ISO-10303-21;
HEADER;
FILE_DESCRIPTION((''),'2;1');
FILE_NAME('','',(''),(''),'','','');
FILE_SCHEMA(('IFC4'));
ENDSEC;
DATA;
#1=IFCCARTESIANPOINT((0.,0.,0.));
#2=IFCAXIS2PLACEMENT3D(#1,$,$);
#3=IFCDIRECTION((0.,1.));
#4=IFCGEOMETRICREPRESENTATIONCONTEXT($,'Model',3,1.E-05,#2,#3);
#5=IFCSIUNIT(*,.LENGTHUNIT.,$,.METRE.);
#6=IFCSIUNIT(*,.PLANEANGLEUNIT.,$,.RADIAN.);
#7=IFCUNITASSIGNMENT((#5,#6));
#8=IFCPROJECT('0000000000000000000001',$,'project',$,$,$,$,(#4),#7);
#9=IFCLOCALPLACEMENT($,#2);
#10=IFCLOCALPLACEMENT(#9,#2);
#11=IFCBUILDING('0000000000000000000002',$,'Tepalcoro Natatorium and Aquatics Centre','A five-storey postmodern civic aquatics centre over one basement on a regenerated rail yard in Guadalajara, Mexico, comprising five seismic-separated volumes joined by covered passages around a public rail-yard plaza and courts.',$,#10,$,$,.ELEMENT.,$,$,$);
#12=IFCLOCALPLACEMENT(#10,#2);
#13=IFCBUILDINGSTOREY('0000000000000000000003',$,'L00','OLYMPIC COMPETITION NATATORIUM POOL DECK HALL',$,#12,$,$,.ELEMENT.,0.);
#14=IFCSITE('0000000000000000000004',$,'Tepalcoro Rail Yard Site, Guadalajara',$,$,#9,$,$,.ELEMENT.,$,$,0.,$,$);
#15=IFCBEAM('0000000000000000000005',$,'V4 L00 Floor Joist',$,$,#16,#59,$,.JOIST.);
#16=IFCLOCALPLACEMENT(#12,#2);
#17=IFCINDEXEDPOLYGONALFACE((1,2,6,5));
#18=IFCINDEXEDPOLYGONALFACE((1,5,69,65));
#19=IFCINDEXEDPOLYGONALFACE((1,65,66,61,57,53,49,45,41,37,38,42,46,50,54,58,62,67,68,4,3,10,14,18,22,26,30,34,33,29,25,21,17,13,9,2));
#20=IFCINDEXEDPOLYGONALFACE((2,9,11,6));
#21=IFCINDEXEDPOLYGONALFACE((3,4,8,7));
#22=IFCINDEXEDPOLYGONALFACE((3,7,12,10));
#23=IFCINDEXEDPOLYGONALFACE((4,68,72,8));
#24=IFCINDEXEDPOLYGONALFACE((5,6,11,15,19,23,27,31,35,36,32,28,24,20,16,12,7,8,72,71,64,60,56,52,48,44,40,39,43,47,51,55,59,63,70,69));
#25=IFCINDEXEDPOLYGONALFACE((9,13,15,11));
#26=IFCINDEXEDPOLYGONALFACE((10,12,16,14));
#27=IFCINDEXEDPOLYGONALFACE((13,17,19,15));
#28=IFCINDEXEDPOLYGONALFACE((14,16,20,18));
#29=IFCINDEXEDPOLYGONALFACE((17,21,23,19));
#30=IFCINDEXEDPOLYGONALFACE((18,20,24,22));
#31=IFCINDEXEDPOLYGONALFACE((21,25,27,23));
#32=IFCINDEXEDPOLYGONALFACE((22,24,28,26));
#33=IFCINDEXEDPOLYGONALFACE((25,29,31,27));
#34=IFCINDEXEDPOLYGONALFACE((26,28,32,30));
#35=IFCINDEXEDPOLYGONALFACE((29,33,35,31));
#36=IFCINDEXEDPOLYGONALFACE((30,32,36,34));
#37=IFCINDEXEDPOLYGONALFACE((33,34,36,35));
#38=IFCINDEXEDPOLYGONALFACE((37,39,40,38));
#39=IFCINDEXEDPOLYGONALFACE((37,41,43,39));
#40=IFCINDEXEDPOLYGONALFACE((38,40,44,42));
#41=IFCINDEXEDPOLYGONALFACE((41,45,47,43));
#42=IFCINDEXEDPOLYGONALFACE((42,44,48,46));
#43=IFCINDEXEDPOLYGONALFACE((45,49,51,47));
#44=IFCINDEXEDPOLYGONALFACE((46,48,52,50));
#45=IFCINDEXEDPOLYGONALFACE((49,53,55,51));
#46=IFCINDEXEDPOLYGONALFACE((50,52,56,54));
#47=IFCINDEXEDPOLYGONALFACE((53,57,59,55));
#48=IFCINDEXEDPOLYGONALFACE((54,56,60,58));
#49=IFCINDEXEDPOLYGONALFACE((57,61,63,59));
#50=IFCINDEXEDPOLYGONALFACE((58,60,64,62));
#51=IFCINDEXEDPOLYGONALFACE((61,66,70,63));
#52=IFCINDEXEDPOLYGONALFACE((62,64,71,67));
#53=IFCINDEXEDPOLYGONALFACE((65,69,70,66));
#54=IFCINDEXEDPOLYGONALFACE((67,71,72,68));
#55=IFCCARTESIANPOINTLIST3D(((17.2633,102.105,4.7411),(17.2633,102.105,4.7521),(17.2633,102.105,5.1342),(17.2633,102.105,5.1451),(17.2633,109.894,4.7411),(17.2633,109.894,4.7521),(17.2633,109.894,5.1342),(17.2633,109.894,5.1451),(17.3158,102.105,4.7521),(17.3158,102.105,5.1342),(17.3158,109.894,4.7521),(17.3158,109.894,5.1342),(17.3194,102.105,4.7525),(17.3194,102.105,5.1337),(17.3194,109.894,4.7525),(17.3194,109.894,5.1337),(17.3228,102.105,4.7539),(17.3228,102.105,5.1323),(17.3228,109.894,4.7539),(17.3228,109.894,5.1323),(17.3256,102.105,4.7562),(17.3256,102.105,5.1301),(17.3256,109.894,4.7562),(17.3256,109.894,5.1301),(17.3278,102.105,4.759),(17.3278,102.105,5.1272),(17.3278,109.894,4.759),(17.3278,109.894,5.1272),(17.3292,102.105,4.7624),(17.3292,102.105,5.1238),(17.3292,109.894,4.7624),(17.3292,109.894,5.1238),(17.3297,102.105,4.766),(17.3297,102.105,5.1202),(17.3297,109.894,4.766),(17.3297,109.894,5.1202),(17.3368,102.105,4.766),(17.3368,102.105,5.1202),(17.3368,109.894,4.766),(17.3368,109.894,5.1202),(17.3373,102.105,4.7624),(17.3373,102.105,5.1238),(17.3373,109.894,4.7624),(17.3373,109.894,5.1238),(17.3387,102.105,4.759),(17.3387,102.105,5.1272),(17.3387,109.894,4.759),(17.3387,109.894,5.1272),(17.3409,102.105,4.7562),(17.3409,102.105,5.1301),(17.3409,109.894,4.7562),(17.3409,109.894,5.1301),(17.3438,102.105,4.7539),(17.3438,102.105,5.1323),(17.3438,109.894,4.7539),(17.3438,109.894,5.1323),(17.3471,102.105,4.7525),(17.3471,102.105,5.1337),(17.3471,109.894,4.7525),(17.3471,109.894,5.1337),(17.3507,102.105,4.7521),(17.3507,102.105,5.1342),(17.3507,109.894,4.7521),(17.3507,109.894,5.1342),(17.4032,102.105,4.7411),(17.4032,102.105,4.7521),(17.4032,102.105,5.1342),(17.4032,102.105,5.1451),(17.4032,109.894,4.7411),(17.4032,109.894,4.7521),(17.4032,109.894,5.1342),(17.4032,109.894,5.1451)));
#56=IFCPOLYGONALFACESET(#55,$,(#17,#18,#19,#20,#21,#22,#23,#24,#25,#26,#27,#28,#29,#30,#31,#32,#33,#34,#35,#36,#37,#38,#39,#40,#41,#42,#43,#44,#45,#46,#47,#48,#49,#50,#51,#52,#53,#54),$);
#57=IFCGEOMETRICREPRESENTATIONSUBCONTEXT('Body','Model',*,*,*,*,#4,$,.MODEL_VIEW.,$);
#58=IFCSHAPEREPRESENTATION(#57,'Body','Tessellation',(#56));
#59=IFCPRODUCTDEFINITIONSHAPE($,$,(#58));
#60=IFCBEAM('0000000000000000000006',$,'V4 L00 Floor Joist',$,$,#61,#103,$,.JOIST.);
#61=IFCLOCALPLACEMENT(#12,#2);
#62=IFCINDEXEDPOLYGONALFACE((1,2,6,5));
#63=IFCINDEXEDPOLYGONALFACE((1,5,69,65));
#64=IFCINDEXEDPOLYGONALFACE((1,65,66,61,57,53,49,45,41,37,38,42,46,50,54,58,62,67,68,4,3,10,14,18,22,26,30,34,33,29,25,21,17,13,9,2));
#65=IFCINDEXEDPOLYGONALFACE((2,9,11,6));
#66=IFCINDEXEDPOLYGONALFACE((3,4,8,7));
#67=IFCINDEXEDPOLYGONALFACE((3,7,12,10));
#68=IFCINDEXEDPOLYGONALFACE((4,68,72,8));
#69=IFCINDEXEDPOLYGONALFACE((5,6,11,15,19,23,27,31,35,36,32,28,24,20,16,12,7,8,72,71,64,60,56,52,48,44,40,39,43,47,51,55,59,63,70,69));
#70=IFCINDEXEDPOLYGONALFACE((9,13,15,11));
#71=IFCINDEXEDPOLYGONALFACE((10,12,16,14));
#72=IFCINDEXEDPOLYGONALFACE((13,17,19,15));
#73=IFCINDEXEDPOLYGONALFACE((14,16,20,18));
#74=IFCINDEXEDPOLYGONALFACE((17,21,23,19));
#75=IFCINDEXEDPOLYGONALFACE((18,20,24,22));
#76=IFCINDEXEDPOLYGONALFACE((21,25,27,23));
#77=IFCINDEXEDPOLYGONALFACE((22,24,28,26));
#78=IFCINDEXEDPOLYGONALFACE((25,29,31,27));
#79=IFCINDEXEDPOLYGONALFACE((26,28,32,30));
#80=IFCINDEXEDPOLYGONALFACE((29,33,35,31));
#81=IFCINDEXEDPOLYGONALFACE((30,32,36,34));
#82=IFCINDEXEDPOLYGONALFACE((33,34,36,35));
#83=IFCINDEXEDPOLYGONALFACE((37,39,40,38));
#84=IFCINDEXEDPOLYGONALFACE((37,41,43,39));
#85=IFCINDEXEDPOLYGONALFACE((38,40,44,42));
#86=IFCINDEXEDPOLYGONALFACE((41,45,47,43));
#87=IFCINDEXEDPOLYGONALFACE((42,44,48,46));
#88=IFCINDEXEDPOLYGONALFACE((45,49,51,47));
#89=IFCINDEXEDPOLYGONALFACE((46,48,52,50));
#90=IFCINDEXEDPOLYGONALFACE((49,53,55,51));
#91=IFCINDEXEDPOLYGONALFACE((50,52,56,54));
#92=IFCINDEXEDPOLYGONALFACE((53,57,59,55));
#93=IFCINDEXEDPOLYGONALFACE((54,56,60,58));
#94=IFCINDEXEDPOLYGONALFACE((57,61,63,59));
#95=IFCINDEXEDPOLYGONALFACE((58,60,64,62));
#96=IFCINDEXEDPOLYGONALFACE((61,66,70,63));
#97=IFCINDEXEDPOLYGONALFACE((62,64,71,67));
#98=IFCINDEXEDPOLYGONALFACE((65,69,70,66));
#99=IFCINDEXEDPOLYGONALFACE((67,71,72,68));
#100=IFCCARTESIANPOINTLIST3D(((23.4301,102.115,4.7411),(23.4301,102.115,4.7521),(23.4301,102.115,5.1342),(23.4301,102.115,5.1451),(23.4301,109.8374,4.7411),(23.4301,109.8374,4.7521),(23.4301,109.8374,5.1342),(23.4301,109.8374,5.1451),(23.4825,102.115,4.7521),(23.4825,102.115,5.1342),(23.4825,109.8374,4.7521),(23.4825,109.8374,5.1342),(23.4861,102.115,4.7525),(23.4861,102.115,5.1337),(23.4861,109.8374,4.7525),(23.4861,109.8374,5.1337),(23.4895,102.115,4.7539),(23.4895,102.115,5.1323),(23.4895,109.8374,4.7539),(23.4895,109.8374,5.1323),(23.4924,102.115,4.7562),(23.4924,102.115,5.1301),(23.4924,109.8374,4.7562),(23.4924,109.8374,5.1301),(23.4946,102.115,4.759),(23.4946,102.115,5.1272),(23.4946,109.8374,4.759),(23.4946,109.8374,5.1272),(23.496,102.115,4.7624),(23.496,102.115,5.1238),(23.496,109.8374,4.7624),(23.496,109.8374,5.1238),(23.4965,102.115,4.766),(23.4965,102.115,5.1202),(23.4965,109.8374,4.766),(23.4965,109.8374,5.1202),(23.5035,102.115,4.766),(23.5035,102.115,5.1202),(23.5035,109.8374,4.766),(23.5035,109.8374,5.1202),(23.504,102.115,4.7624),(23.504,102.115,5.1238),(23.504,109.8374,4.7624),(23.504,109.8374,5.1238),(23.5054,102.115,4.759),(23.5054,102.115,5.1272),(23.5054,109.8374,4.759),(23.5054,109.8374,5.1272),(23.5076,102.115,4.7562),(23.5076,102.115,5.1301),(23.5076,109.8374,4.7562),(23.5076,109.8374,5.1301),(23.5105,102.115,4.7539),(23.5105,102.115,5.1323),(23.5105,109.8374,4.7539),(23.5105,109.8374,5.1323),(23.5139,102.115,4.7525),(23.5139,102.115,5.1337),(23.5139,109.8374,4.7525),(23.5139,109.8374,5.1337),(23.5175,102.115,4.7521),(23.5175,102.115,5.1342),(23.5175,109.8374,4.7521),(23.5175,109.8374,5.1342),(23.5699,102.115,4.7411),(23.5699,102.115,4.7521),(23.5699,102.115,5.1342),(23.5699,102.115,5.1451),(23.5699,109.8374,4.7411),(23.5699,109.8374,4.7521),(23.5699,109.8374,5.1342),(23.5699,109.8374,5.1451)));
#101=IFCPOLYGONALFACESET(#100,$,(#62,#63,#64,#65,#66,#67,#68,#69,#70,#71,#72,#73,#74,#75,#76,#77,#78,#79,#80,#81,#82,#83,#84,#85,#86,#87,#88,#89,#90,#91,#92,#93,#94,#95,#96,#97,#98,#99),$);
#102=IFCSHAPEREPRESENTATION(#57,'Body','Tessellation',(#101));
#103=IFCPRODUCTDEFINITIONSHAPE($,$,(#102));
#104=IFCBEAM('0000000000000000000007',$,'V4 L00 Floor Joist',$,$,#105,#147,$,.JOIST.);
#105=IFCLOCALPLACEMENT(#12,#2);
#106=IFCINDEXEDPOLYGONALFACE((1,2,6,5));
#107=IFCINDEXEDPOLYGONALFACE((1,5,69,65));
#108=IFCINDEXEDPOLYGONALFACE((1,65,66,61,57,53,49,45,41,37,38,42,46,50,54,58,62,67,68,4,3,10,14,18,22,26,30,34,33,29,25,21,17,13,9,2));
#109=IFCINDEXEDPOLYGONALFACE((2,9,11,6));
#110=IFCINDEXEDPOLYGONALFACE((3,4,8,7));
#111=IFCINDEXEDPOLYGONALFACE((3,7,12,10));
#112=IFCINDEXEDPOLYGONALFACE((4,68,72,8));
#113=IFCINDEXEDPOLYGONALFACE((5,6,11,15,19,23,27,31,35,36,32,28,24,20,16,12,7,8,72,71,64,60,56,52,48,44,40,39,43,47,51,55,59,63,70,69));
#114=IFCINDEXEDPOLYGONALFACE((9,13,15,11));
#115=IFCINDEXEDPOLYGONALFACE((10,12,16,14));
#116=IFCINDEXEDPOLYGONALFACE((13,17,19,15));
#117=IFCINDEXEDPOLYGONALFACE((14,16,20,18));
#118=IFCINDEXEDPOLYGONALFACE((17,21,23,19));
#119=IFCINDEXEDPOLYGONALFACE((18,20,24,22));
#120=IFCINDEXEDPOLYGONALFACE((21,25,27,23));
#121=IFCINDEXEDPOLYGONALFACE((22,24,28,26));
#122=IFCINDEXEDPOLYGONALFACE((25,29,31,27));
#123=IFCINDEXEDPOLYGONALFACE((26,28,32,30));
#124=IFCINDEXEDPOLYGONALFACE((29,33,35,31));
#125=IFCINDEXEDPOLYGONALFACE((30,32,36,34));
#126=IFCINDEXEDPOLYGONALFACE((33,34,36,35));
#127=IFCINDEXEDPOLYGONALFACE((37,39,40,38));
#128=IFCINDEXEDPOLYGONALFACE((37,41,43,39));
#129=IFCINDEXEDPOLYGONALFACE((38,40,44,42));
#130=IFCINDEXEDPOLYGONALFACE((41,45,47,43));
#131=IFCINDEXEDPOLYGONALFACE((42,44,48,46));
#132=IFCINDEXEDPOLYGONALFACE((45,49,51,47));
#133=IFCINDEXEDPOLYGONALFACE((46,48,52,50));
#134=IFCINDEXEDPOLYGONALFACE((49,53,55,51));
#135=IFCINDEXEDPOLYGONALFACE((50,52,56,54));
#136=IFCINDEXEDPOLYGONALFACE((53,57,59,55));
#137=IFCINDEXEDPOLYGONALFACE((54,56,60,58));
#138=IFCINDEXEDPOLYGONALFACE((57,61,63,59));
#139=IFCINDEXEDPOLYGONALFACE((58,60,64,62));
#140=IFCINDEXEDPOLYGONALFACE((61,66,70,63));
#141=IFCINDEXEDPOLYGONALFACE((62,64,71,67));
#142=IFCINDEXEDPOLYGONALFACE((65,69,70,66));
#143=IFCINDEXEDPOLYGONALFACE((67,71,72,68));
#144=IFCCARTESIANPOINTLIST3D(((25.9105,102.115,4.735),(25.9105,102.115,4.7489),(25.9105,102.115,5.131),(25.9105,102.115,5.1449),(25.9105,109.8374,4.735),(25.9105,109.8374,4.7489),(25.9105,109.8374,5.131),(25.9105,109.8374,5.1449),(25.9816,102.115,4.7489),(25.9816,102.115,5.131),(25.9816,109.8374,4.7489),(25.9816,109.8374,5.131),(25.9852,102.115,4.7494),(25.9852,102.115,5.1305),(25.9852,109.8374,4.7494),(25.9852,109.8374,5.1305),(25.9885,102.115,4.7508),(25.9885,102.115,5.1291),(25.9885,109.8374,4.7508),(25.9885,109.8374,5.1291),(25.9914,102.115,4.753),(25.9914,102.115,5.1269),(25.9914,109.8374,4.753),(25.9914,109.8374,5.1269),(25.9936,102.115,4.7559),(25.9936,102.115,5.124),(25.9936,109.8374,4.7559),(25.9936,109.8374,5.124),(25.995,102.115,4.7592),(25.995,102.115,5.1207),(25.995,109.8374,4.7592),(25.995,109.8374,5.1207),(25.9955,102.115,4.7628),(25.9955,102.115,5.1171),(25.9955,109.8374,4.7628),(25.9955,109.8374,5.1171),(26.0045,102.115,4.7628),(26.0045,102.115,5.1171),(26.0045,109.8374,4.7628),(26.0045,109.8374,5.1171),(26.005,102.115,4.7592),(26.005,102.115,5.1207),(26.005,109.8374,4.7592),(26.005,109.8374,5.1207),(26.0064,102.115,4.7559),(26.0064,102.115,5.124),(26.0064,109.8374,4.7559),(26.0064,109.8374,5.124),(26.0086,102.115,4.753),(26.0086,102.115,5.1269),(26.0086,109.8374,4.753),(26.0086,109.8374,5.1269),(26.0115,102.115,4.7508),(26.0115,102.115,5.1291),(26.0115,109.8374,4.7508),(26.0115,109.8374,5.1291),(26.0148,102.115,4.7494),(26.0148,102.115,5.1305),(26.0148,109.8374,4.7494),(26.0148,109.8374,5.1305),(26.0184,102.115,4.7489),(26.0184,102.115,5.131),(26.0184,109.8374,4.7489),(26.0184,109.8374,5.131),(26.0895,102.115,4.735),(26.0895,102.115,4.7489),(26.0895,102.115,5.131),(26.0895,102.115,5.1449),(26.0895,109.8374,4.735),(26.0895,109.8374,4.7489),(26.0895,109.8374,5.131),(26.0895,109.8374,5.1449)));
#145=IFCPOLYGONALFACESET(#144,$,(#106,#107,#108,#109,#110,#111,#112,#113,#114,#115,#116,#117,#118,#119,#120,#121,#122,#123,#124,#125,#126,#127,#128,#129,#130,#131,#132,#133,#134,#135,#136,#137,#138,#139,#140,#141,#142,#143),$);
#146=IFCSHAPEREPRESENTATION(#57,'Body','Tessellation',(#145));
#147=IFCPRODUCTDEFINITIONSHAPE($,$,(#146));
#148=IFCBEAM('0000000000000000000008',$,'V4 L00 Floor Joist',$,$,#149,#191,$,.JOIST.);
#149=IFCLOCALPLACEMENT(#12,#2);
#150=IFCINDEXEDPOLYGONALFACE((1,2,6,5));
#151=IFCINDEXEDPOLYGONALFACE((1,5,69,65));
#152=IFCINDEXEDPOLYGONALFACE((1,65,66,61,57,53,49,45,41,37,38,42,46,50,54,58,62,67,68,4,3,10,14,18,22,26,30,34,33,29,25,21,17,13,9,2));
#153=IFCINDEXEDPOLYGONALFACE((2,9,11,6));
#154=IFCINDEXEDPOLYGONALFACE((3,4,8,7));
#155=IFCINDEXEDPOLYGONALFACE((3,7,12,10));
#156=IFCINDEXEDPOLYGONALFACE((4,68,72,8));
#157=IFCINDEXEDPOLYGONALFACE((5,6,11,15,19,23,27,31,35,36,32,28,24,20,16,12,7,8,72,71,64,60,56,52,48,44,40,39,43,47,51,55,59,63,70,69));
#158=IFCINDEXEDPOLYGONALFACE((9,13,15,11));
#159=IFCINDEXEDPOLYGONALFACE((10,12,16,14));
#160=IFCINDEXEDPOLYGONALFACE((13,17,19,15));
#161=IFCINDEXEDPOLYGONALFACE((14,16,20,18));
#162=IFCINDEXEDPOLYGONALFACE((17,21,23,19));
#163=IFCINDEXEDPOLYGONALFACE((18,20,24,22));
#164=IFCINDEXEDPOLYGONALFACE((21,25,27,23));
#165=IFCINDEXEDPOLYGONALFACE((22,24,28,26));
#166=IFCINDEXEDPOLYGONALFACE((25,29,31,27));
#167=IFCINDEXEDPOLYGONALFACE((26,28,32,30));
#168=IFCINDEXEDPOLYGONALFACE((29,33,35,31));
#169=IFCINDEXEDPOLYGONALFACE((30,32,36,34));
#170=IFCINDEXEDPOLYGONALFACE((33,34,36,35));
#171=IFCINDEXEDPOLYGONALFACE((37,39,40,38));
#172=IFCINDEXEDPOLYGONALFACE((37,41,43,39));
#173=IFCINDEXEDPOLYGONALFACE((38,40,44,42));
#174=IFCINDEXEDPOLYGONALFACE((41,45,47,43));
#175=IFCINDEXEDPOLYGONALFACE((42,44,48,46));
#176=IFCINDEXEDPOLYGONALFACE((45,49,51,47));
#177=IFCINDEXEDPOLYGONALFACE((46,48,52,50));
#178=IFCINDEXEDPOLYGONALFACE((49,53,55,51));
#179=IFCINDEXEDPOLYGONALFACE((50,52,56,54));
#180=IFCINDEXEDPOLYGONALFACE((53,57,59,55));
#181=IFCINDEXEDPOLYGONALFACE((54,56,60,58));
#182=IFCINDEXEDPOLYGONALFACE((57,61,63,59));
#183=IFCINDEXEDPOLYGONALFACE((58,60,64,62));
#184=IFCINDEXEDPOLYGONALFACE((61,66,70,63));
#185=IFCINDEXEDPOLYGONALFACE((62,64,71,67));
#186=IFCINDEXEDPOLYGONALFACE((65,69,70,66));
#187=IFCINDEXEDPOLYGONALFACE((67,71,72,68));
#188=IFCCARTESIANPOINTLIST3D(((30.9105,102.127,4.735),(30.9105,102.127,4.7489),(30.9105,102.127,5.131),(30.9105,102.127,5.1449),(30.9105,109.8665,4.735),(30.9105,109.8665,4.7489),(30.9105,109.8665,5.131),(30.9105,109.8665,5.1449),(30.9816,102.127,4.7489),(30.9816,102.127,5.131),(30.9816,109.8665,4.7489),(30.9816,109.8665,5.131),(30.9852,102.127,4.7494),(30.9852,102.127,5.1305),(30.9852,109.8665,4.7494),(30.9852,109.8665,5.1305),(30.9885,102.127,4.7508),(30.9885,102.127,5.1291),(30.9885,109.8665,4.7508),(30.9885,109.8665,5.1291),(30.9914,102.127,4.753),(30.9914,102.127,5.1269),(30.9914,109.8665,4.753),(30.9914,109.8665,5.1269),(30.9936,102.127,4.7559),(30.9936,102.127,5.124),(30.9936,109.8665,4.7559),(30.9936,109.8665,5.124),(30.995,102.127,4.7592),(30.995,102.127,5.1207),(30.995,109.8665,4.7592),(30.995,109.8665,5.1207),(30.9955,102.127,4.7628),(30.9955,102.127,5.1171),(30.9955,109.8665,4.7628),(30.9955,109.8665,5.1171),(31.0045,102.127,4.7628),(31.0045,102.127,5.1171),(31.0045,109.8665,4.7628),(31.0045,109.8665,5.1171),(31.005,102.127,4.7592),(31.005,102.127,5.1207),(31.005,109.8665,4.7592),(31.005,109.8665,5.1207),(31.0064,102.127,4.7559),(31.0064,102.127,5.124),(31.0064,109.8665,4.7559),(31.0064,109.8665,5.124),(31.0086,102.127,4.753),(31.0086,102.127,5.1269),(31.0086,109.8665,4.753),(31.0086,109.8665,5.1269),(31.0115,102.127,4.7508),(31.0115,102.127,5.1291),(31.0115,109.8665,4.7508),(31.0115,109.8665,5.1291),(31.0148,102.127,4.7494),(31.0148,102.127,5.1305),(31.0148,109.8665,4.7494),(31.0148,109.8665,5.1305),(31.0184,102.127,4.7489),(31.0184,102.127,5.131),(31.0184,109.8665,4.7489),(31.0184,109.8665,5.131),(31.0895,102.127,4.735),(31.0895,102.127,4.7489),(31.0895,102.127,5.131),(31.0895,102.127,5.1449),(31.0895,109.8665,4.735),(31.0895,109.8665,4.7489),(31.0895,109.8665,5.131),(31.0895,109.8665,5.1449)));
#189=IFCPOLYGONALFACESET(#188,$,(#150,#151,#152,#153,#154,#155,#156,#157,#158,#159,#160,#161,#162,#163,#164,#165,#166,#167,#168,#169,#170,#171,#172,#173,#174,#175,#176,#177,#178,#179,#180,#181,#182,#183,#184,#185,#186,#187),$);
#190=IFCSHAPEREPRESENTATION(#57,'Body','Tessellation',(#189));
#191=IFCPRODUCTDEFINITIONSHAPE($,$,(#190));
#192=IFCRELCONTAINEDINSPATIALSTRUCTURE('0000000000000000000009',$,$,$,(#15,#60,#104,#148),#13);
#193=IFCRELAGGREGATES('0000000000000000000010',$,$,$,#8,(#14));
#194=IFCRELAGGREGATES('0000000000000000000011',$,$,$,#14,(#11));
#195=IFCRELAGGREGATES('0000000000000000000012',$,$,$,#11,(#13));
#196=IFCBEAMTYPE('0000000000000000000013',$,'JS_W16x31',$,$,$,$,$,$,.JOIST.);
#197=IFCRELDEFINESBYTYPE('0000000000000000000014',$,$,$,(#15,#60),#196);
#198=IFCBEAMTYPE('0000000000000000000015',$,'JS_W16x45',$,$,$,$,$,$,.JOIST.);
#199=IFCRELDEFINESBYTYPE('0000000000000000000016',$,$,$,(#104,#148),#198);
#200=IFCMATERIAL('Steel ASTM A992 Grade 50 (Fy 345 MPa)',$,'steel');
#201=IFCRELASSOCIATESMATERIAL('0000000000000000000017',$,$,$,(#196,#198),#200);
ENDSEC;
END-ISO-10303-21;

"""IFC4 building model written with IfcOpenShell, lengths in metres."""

from ifc_helpers import new_model, si_unit, direction, frame, origin, origin_2d, place, context, subcontext, project, spatial, i_section, extrude, material, material_profile, profile_set, type_object, element, save


model = new_model("IFC4")

# Units and contexts
model_context = context("Model", 3, precision=1e-05, world=origin(), true_north=direction((0.0, 1.0)))
body_context = subcontext(model_context, "Body", "Model", "MODEL_VIEW")
ifc_project = project(units=[si_unit("LENGTHUNIT", "METRE"), si_unit("PLANEANGLEUNIT", "RADIAN")], contexts=[model_context])

# Site, building, storey
site_placement = place(None, origin())
site = spatial("IfcSite", under=ifc_project, at=site_placement, Name="Tepalcoro Rail Yard Site, Guadalajara", CompositionType="ELEMENT", RefElevation=0.0)
building_placement = place(site_placement, origin())
building = spatial("IfcBuilding", under=site, at=building_placement, Name="Tepalcoro Natatorium and Aquatics Centre", Description="A five-storey postmodern civic aquatics centre over one basement on a regenerated rail yard in Guadalajara, Mexico, comprising five seismic-separated volumes joined by covered passages around a public rail-yard plaza and courts.", CompositionType="ELEMENT")
storey_placement = place(building_placement, origin())
storey = spatial("IfcBuildingStorey", under=building, at=storey_placement, Name="L00", Description="OLYMPIC COMPETITION NATATORIUM POOL DECK HALL", CompositionType="ELEMENT", Elevation=0.0)

# Beams
ifc_material_1 = material(Name="Steel ASTM A992 Grade 50 (Fy 345 MPa)", Category="steel")
ifc_material_profile_1 = material_profile(ifc_material_1, i_section(OverallWidth=0.1399, OverallDepth=0.4041, WebThickness=0.0071, FlangeThickness=0.011, FilletRadius=0.0139, at=origin_2d()), Name="W16X31")
ifc_profile_set_1 = profile_set([ifc_material_profile_1], Name="Steel ASTM A992 Grade 50 (Fy 345 MPa)")
beam_type_1 = type_object("IfcBeamType", Name="JS_W16x31", PredefinedType="JOIST", material=ifc_profile_set_1)
beam_1_placement = place(storey_placement, frame((17.3333, 102.105, 4.9431), z_axis=(0.0, 1.0, 0.0), x_axis=(-1.0, 0.0, 0.0)))
element("IfcBeam", 1, at=beam_1_placement, inside=storey, type_object=beam_type_1, Name="V4 L00 Floor Joist", PredefinedType="JOIST", context=body_context, shape_type="SweptSolid", body=[
    extrude(i_section(OverallWidth=0.1399, OverallDepth=0.4041, WebThickness=0.0071, FlangeThickness=0.011, FilletRadius=0.0139, at=origin_2d()), origin(), (0.0, 0.0, 1.0), 7.7891),
])
beam_2_placement = place(storey_placement, frame((23.5, 102.115, 4.9431), z_axis=(0.0, 1.0, 0.0), x_axis=(-1.0, 0.0, 0.0)))
element("IfcBeam", 2, at=beam_2_placement, inside=storey, type_object=beam_type_1, Name="V4 L00 Floor Joist", PredefinedType="JOIST", context=body_context, shape_type="SweptSolid", body=[
    extrude(i_section(OverallWidth=0.1399, OverallDepth=0.4041, WebThickness=0.0071, FlangeThickness=0.011, FilletRadius=0.0139, at=origin_2d()), origin(), (0.0, 0.0, 1.0), 7.7224),
])
ifc_material_profile_2 = material_profile(ifc_material_1, i_section(OverallWidth=0.179, OverallDepth=0.4099, WebThickness=0.009, FlangeThickness=0.0139, FilletRadius=0.0139, at=origin_2d()), Name="W16X45")
ifc_profile_set_2 = profile_set([ifc_material_profile_2], Name="Steel ASTM A992 Grade 50 (Fy 345 MPa)")
beam_type_2 = type_object("IfcBeamType", Name="JS_W16x45", PredefinedType="JOIST", material=ifc_profile_set_2)
beam_3_placement = place(storey_placement, frame((26.0, 102.115, 4.9399), z_axis=(0.0, 1.0, 0.0), x_axis=(-1.0, 0.0, 0.0)))
element("IfcBeam", 3, at=beam_3_placement, inside=storey, type_object=beam_type_2, Name="V4 L00 Floor Joist", PredefinedType="JOIST", context=body_context, shape_type="SweptSolid", body=[
    extrude(i_section(OverallWidth=0.179, OverallDepth=0.4099, WebThickness=0.009, FlangeThickness=0.0139, FilletRadius=0.0139, at=origin_2d()), origin(), (0.0, 0.0, 1.0), 7.7224),
])
beam_4_placement = place(storey_placement, frame((31.0, 102.127, 4.9399), z_axis=(0.0, 1.0, 0.0), x_axis=(-1.0, 0.0, 0.0)))
element("IfcBeam", 4, at=beam_4_placement, inside=storey, type_object=beam_type_2, Name="V4 L00 Floor Joist", PredefinedType="JOIST", context=body_context, shape_type="SweptSolid", body=[
    extrude(i_section(OverallWidth=0.179, OverallDepth=0.4099, WebThickness=0.009, FlangeThickness=0.0139, FilletRadius=0.0139, at=origin_2d()), origin(), (0.0, 0.0, 1.0), 7.7395),
])

save(model, "model.ifc")
